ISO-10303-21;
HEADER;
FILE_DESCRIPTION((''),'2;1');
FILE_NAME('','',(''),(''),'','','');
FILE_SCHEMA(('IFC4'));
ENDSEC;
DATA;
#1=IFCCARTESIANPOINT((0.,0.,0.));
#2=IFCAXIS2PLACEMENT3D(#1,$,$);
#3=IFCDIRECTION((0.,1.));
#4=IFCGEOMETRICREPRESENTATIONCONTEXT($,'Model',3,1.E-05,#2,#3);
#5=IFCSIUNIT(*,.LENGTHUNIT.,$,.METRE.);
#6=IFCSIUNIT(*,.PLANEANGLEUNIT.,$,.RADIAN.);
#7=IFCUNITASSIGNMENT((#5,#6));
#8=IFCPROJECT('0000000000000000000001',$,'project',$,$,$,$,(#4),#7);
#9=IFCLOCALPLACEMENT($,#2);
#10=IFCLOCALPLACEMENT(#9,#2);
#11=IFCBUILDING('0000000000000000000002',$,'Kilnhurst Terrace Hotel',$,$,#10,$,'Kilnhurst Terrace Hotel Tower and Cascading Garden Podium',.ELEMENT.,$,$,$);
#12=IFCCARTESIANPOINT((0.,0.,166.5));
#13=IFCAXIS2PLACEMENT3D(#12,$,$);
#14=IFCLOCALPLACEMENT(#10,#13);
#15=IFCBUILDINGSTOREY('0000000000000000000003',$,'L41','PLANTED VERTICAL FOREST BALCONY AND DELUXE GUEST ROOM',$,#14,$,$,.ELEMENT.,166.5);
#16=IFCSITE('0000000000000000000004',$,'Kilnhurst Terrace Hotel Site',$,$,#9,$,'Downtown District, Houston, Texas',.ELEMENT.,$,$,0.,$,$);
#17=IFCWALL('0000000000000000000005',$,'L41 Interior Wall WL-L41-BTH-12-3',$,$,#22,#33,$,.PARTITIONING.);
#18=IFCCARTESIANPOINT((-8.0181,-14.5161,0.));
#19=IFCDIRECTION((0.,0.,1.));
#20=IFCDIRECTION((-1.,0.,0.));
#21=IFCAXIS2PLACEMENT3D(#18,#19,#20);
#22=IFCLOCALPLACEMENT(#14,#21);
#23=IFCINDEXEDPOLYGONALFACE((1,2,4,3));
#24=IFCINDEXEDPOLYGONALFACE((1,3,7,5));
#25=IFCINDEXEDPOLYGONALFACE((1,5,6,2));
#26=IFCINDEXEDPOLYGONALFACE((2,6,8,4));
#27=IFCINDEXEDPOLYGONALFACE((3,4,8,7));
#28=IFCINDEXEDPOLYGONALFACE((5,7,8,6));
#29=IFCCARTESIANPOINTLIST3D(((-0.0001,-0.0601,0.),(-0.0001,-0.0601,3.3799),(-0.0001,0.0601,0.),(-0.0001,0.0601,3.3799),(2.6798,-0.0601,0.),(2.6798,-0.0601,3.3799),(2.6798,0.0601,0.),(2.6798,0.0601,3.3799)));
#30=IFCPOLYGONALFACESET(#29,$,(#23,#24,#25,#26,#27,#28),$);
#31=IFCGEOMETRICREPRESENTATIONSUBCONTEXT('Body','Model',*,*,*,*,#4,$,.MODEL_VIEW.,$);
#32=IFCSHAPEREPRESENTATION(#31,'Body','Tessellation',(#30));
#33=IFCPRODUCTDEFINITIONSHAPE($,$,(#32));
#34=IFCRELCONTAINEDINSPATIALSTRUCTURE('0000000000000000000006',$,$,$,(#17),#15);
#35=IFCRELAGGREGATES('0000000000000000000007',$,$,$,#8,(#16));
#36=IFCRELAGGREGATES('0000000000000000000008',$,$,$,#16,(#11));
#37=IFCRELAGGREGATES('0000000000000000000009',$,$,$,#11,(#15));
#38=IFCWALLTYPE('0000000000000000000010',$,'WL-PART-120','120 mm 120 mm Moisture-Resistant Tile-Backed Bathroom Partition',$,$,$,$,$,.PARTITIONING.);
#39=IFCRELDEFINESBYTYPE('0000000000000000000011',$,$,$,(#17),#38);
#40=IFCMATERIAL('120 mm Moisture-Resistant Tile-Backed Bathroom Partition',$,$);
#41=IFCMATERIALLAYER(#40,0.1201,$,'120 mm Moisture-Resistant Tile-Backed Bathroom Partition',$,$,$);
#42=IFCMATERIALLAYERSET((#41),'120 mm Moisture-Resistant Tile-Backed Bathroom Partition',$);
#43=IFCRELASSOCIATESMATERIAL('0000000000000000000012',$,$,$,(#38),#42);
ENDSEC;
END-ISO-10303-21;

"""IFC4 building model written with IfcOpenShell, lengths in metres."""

from ifc_helpers import new_model, si_unit, direction, frame, frame_2d, origin, place, context, subcontext, project, spatial, rectangle, extrude, material, layer, layer_set, type_object, element, save


model = new_model("IFC4")

# Units and contexts
model_context = context("Model", 3, precision=1e-05, world=origin(), true_north=direction((0.0, 1.0)))
body_context = subcontext(model_context, "Body", "Model", "MODEL_VIEW")
ifc_project = project(units=[si_unit("LENGTHUNIT", "METRE"), si_unit("PLANEANGLEUNIT", "RADIAN")], contexts=[model_context])

# Site, building, storey
site_placement = place(None, origin())
site = spatial("IfcSite", under=ifc_project, at=site_placement, Name="Kilnhurst Terrace Hotel Site", LongName="Downtown District, Houston, Texas", CompositionType="ELEMENT", RefElevation=0.0)
building_placement = place(site_placement, origin())
building = spatial("IfcBuilding", under=site, at=building_placement, Name="Kilnhurst Terrace Hotel", LongName="Kilnhurst Terrace Hotel Tower and Cascading Garden Podium", CompositionType="ELEMENT")
storey_placement = place(building_placement, frame((0.0, 0.0, 166.5)))
storey = spatial("IfcBuildingStorey", under=building, at=storey_placement, Name="L41", Description="PLANTED VERTICAL FOREST BALCONY AND DELUXE GUEST ROOM", CompositionType="ELEMENT", Elevation=166.5)

# Shared definitions
ifc_material_1 = material(Name="120 mm Moisture-Resistant Tile-Backed Bathroom Partition")
ifc_layer_1 = layer(ifc_material_1, 0.1201, Name="120 mm Moisture-Resistant Tile-Backed Bathroom Partition")
ifc_layer_set_1 = layer_set([ifc_layer_1], Name="120 mm Moisture-Resistant Tile-Backed Bathroom Partition")
wall_type_1 = type_object("IfcWallType", Name="WL-PART-120", Description="120 mm 120 mm Moisture-Resistant Tile-Backed Bathroom Partition", PredefinedType="PARTITIONING", material=ifc_layer_set_1)

# Wall
wall_1_placement = place(storey_placement, frame((-8.0181, -14.5161, 0.0), z_axis=(0.0, 0.0, 1.0), x_axis=(-1.0, 0.0, 0.0)))
element("IfcWall", 1, at=wall_1_placement, inside=storey, type_object=wall_type_1, Name="L41 Interior Wall WL-L41-BTH-12-3", PredefinedType="PARTITIONING", context=body_context, shape_type="SweptSolid", body=[
    extrude(rectangle(XDim=2.6799, YDim=0.1201, at=frame_2d((1.3398, 0.0))), origin(), (0.0, 0.0, 1.0), 3.3799),
])

save(model, "model.ifc")
